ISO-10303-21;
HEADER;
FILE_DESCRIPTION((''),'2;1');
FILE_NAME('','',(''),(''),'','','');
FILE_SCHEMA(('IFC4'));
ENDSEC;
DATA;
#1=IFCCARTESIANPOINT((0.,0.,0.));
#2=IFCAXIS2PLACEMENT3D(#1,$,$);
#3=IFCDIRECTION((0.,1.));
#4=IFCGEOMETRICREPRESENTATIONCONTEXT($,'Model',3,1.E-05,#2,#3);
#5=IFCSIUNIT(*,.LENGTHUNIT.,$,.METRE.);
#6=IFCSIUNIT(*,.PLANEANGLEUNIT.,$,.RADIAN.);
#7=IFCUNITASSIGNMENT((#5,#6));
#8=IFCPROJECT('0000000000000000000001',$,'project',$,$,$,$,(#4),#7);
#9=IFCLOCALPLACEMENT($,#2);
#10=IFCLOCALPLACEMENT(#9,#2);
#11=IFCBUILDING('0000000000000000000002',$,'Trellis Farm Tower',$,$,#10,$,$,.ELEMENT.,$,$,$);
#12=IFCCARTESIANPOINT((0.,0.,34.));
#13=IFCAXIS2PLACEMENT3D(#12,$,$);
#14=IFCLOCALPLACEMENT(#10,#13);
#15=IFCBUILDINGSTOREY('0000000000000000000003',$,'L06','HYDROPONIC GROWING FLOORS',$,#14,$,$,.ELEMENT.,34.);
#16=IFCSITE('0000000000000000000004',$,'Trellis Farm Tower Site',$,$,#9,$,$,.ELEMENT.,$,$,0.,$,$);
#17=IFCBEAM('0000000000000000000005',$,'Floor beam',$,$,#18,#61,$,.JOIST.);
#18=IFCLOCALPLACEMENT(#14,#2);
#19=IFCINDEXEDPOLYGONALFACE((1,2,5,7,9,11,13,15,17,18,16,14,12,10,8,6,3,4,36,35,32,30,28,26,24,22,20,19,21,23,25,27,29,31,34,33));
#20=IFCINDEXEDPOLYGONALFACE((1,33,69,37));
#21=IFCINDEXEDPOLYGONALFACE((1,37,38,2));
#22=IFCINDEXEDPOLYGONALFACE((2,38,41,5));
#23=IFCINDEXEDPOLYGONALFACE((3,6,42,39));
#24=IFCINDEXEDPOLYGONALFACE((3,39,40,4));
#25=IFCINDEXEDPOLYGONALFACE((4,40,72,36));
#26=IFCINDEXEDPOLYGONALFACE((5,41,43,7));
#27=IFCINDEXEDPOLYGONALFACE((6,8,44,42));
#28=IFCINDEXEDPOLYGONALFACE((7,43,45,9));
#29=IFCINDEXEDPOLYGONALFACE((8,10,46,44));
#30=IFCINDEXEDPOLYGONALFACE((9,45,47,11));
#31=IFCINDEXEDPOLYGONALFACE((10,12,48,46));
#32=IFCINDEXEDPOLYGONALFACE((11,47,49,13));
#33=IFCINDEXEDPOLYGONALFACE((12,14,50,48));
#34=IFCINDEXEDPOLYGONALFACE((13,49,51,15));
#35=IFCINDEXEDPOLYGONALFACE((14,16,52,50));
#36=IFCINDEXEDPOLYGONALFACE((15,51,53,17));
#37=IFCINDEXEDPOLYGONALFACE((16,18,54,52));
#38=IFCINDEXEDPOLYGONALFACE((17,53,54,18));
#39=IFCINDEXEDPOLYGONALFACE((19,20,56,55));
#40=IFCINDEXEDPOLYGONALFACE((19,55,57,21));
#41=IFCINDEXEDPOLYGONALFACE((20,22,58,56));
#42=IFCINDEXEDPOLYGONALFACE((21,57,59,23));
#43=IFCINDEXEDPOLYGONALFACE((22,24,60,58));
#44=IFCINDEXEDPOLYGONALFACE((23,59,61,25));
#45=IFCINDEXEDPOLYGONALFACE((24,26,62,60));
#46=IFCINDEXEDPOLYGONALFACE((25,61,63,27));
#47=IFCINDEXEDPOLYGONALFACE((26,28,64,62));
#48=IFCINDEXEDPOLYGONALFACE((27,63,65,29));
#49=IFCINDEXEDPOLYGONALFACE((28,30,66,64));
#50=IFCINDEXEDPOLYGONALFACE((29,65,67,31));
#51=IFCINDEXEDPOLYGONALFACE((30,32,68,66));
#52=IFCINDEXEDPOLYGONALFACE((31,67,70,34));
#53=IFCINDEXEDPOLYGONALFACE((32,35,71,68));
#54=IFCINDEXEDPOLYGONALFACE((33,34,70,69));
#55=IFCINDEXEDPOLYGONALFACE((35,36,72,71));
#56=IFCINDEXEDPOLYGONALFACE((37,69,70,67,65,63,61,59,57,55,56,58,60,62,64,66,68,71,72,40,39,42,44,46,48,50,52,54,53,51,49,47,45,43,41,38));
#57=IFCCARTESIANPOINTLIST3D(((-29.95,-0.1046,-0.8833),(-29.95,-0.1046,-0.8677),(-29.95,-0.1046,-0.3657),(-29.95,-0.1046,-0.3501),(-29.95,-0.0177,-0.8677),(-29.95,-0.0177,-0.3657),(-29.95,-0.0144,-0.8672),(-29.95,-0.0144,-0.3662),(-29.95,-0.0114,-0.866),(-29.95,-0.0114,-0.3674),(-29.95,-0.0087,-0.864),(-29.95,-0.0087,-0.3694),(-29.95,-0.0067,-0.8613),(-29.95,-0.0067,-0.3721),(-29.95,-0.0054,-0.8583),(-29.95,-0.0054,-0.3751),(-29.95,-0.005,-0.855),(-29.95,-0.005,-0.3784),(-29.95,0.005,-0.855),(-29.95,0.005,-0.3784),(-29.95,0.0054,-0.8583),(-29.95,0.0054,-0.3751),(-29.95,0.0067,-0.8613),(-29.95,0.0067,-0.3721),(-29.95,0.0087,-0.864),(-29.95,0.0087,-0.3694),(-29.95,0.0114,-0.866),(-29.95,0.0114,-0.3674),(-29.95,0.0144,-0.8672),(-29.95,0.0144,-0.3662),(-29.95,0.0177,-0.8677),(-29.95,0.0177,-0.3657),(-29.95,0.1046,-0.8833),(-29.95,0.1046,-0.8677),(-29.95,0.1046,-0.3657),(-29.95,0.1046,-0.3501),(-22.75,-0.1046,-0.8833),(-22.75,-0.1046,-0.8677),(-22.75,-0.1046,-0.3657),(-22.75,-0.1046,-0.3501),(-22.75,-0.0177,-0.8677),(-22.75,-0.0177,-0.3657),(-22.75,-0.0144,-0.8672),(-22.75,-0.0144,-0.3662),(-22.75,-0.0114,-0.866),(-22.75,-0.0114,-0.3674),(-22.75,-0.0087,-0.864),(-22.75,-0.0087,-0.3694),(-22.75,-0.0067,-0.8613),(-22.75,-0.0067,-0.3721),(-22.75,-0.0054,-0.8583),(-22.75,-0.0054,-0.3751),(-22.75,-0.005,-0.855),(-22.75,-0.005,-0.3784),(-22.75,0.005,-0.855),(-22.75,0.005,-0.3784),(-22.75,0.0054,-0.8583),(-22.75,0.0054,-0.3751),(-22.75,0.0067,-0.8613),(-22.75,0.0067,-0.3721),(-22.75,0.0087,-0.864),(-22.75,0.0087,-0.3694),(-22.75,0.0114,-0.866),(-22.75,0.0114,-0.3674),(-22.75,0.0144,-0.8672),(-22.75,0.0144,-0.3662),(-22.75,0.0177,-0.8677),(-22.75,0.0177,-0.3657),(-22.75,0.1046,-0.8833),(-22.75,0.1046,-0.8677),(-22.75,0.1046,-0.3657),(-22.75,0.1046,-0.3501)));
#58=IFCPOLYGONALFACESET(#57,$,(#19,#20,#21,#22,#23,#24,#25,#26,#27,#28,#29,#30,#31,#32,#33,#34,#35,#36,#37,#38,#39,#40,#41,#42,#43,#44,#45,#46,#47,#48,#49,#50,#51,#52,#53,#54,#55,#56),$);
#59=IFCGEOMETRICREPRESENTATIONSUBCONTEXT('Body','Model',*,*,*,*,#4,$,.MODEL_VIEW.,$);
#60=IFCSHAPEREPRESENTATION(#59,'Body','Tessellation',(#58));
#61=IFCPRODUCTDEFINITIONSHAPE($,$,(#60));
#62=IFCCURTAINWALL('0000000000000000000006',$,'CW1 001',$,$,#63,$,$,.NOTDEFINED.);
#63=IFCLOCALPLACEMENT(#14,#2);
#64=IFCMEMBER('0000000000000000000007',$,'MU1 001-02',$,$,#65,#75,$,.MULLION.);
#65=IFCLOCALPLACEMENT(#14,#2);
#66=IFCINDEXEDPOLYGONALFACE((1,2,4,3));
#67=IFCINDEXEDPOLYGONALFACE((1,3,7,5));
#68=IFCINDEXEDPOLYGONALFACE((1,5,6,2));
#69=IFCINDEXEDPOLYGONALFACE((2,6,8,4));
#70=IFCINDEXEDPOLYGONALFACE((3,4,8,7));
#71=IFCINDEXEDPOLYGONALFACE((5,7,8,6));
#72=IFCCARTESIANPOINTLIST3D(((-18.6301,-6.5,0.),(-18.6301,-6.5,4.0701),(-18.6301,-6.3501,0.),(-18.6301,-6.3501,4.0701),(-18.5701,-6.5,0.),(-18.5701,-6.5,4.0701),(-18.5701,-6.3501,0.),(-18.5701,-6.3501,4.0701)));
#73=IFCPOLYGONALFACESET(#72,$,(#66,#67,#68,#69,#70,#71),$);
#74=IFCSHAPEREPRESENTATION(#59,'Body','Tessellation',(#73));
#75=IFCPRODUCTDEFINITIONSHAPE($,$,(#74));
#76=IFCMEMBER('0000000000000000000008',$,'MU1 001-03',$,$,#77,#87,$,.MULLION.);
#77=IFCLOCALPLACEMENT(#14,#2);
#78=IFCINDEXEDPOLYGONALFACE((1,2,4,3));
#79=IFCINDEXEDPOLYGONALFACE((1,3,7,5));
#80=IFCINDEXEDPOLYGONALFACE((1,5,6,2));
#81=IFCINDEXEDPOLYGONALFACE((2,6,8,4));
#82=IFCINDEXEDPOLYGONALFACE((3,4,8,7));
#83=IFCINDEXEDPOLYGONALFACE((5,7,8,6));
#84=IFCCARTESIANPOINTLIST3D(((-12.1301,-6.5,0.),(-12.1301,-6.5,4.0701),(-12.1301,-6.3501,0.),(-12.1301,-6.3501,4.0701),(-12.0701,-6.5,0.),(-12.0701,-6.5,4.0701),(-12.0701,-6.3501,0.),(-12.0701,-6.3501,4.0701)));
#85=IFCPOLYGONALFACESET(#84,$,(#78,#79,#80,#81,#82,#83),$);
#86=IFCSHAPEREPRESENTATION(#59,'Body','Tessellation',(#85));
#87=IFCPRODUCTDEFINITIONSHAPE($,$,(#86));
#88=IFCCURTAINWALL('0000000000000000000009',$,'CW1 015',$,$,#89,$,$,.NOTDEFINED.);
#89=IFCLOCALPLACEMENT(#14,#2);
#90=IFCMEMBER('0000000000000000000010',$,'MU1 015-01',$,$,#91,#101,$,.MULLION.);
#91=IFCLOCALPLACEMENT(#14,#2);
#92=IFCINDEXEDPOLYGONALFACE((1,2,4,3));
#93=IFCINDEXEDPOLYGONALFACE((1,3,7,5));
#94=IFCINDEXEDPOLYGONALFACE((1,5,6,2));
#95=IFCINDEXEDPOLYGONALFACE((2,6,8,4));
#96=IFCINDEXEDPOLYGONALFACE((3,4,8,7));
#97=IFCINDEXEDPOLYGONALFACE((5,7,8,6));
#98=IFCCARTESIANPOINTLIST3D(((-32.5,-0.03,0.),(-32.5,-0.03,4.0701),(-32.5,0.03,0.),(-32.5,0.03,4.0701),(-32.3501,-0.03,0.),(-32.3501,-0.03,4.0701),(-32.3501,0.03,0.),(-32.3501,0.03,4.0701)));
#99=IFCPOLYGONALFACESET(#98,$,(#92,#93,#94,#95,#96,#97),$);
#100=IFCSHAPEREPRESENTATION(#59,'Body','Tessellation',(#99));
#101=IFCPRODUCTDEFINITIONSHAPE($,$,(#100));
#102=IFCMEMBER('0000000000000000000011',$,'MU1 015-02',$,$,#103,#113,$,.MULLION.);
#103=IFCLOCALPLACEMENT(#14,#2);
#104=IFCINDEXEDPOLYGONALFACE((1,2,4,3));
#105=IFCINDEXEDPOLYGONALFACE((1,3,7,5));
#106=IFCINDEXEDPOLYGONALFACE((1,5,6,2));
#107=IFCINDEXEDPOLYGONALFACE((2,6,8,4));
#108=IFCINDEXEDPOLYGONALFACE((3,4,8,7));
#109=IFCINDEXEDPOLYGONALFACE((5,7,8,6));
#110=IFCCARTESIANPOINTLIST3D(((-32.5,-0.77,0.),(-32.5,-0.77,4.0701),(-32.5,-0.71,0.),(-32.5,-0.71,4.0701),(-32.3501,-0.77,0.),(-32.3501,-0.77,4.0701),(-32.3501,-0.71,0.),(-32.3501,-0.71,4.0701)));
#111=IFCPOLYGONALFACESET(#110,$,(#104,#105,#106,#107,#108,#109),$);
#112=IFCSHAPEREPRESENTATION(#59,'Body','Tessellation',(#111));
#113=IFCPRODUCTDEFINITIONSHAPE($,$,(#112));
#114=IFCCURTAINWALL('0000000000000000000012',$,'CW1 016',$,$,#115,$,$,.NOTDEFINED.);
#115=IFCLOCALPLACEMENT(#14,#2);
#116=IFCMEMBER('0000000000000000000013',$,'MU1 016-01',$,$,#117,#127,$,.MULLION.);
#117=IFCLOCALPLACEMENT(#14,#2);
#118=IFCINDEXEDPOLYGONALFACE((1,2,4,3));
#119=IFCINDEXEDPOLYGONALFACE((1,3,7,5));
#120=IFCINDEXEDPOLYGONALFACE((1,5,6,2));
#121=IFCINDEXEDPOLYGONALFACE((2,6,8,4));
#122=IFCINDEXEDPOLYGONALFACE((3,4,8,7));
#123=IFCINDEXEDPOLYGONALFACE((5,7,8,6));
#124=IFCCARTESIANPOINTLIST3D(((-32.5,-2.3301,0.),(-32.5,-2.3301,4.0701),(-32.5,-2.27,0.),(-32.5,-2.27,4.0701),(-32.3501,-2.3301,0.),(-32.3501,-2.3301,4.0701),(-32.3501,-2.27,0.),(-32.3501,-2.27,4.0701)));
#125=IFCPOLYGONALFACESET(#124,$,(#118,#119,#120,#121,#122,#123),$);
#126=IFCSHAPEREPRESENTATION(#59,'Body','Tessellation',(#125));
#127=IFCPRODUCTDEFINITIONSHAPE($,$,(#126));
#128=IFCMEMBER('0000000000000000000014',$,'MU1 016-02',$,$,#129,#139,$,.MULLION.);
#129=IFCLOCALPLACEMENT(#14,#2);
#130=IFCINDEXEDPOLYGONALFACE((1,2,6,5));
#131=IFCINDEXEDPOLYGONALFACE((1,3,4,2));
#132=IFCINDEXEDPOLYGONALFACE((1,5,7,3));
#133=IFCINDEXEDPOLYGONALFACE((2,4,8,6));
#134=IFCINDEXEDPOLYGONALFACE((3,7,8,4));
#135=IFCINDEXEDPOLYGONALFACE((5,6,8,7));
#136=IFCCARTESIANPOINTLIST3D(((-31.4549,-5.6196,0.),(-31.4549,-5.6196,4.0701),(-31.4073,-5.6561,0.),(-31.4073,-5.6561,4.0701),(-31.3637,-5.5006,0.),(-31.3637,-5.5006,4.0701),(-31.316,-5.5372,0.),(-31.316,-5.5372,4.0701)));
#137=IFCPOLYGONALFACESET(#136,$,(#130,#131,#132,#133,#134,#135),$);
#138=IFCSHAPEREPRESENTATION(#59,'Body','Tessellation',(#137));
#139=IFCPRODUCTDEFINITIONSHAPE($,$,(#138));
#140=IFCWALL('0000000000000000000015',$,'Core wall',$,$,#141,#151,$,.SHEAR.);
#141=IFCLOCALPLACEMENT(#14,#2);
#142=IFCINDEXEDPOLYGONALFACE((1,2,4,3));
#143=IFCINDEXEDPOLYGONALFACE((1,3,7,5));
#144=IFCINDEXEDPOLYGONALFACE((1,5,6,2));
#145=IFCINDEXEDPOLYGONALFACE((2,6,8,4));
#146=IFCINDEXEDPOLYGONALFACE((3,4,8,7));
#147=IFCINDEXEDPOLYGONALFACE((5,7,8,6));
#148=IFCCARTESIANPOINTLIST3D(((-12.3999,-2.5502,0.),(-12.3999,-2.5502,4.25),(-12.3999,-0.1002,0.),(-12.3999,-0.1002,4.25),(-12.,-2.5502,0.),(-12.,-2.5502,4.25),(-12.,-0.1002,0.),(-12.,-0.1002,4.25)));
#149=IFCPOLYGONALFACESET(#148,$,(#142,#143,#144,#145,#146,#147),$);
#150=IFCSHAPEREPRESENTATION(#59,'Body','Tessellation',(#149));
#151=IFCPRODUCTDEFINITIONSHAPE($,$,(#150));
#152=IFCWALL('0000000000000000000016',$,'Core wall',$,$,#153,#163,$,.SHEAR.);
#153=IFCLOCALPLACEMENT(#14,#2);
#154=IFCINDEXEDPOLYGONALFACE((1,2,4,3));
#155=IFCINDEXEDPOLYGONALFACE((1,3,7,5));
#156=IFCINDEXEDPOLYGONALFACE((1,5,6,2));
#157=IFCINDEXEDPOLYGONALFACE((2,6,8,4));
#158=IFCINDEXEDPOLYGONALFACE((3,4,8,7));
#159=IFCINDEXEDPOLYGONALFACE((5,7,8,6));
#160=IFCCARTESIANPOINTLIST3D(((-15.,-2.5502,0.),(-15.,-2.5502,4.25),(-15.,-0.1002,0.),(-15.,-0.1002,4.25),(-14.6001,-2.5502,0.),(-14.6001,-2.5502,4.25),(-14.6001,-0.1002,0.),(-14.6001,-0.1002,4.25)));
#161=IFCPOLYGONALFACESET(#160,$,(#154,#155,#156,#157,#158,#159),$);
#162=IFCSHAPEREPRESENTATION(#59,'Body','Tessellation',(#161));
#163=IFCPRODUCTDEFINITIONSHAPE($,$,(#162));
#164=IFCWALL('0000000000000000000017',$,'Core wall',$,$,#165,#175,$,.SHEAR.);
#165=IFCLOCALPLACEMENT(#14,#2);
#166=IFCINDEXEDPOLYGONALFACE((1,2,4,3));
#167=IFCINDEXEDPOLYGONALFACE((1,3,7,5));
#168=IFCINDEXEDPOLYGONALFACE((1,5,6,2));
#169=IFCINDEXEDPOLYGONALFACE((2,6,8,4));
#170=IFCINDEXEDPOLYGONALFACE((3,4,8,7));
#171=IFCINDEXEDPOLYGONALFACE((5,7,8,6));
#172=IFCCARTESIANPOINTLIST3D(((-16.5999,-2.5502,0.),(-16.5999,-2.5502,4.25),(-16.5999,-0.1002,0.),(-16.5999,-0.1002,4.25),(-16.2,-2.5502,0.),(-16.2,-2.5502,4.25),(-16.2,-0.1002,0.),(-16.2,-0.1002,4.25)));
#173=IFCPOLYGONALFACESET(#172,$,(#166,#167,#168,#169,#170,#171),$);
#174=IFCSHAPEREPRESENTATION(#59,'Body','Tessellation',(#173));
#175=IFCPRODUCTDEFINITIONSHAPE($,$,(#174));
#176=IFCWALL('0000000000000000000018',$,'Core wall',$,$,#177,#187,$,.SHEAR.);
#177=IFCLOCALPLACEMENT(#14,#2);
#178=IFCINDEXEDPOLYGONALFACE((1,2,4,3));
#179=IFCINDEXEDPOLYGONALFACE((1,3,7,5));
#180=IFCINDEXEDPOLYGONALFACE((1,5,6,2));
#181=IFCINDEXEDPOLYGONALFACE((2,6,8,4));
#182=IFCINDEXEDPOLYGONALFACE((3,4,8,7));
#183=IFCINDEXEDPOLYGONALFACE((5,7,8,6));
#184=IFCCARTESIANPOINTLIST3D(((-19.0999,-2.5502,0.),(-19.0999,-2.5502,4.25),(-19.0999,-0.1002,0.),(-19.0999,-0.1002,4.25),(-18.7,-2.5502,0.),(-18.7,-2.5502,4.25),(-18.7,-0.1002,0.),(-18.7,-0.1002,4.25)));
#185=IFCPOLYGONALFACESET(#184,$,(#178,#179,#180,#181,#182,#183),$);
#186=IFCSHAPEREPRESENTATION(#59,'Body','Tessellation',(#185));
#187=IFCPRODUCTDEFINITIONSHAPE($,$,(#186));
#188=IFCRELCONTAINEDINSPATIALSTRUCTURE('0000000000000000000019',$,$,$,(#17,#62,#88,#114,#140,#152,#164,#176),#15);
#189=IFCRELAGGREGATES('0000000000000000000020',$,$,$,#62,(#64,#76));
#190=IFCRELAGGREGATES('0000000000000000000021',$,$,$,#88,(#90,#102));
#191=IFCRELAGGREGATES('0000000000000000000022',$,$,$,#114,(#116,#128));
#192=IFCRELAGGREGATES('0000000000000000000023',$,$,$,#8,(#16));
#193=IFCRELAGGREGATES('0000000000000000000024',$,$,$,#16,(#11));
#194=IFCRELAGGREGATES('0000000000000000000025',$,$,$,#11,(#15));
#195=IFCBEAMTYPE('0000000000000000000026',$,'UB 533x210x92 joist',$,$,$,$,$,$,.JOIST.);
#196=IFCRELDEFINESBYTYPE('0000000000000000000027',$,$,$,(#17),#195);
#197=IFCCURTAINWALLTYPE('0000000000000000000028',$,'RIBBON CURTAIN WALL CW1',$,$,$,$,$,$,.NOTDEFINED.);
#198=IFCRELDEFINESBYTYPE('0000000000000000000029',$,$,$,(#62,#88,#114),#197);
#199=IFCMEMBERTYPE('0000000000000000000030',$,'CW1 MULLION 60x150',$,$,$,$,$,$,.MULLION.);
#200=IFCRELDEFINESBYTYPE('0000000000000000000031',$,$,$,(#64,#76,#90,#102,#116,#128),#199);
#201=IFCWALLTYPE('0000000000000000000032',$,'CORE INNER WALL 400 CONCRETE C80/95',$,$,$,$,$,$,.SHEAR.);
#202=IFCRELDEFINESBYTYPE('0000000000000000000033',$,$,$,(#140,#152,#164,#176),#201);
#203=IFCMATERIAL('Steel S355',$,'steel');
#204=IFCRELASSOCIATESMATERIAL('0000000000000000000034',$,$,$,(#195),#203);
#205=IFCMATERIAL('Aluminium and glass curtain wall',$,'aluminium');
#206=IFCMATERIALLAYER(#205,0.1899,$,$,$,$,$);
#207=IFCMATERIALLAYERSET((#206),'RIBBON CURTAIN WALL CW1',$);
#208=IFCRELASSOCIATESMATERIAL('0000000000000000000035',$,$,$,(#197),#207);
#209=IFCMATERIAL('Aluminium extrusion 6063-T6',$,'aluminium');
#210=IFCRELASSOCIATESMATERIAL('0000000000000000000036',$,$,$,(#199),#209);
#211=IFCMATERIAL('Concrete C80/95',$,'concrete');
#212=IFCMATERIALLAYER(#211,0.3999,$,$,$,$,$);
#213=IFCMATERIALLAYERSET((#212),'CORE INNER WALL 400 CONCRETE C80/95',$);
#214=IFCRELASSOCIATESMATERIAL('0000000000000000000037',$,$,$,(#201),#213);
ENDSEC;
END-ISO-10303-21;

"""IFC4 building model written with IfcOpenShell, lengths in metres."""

from ifc_helpers import new_model, si_unit, direction, frame, frame_2d, origin, origin_2d, place, context, subcontext, project, spatial, rectangle, i_section, extrude, source, transform, mapped, material, layer, layer_set, material_profile, profile_set, type_object, element, aggregate, save


model = new_model("IFC4")

# Units and contexts
model_context = context("Model", 3, precision=1e-05, world=origin(), true_north=direction((0.0, 1.0)))
body_context = subcontext(model_context, "Body", "Model", "MODEL_VIEW")
ifc_project = project(units=[si_unit("LENGTHUNIT", "METRE"), si_unit("PLANEANGLEUNIT", "RADIAN")], contexts=[model_context])

# Site, building, storey
site_placement = place(None, origin())
site = spatial("IfcSite", under=ifc_project, at=site_placement, Name="Trellis Farm Tower Site", CompositionType="ELEMENT", RefElevation=0.0)
building_placement = place(site_placement, origin())
building = spatial("IfcBuilding", under=site, at=building_placement, Name="Trellis Farm Tower", CompositionType="ELEMENT")
storey_placement = place(building_placement, frame((0.0, 0.0, 34.0)))
storey = spatial("IfcBuildingStorey", under=building, at=storey_placement, Name="L06", Description="HYDROPONIC GROWING FLOORS", CompositionType="ELEMENT", Elevation=34.0)

# Shared definitions
ifc_material_1 = material(Name="Concrete C80/95", Category="concrete")

# Beam
ifc_material_2 = material(Name="Steel S355", Category="steel")
ifc_material_profile_1 = material_profile(ifc_material_2, i_section(OverallWidth=0.2092, OverallDepth=0.5332, WebThickness=0.01, FlangeThickness=0.0156, FilletRadius=0.0127, at=origin_2d()), Name="UB 533x210x92")
ifc_profile_set_1 = profile_set([ifc_material_profile_1], Name="Steel S355")
beam_type_1 = type_object("IfcBeamType", Name="UB 533x210x92 joist", PredefinedType="JOIST", material=ifc_profile_set_1)
shared_shape_1 = source(origin(), body_context, "Body", "SweptSolid", [
    extrude(i_section(OverallWidth=0.2092, OverallDepth=0.5332, WebThickness=0.01, FlangeThickness=0.0156, FilletRadius=0.0127, at=origin_2d()), origin(), (0.0, 0.0, 1.0), 7.2),
])
for number, where, z_axis, x_axis, name in (
    (1, (-29.95, 0.0, -0.6167), (1.0, 0.0, 0.0), (0.0, 1.0, 0.0), "Floor beam"),
):
    element("IfcBeam", number, at=place(storey_placement, frame(where, z_axis=z_axis, x_axis=x_axis)), inside=storey, type_object=beam_type_1, Name=name, PredefinedType="JOIST", context=body_context, shape_type="MappedRepresentation", body=[
        mapped(shared_shape_1, transform((0.0, 0.0, 0.0))),
    ])

# Curtain walls, members
ifc_material_3 = material(Name="Aluminium and glass curtain wall", Category="aluminium")
ifc_layer_1 = layer(ifc_material_3, 0.1899)
ifc_layer_set_1 = layer_set([ifc_layer_1], Name="RIBBON CURTAIN WALL CW1")
curtain_wall_type = type_object("IfcCurtainWallType", Name="RIBBON CURTAIN WALL CW1", PredefinedType="NOTDEFINED", material=ifc_layer_set_1)
placement = place(storey_placement, origin())
curtain_wall_1 = element("IfcCurtainWall", 2, at=placement, inside=storey, type_object=curtain_wall_type, Name="CW1 001", PredefinedType="NOTDEFINED")
ifc_material_4 = material(Name="Aluminium extrusion 6063-T6", Category="aluminium")
ifc_material_profile_2 = material_profile(ifc_material_4, rectangle(XDim=0.0601, YDim=0.1499, at=origin_2d()), Name="MULLION 60x150")
ifc_profile_set_2 = profile_set([ifc_material_profile_2], Name="Aluminium extrusion 6063-T6")
member_type = type_object("IfcMemberType", Name="CW1 MULLION 60x150", PredefinedType="MULLION", material=ifc_profile_set_2)
shared_shape_2 = source(origin(), body_context, "Body", "SweptSolid", [
    extrude(rectangle(XDim=0.0601, YDim=0.1499, at=origin_2d()), origin(), (0.0, 0.0, 1.0), 4.0701),
])
member_1_placement = place(storey_placement, frame((-18.6001, -6.425, 0.0), z_axis=(0.0, 0.0, 1.0), x_axis=(1.0, 0.0, 0.0)))
member_1 = element("IfcMember", 3, at=member_1_placement, type_object=member_type, Name="MU1 001-02", PredefinedType="MULLION", context=body_context, shape_type="MappedRepresentation", body=[
    mapped(shared_shape_2, transform((0.0, 0.0, 0.0))),
])
member_2_placement = place(storey_placement, frame((-12.1001, -6.425, 0.0), z_axis=(0.0, 0.0, 1.0), x_axis=(1.0, 0.0, 0.0)))
member_2 = element("IfcMember", 4, at=member_2_placement, type_object=member_type, Name="MU1 001-03", PredefinedType="MULLION", context=body_context, shape_type="MappedRepresentation", body=[
    mapped(shared_shape_2, transform((0.0, 0.0, 0.0))),
])
aggregate(curtain_wall_1, [member_1, member_2])
curtain_wall_2 = element("IfcCurtainWall", 5, at=placement, inside=storey, type_object=curtain_wall_type, Name="CW1 015", PredefinedType="NOTDEFINED")
member_3_placement = place(storey_placement, frame((-32.425, 0.0, 0.0), z_axis=(0.0, 0.0, 1.0), x_axis=(0.0, -1.0, 0.0)))
member_3 = element("IfcMember", 6, at=member_3_placement, type_object=member_type, Name="MU1 015-01", PredefinedType="MULLION", context=body_context, shape_type="MappedRepresentation", body=[
    mapped(shared_shape_2, transform((0.0, 0.0, 0.0))),
])
member_4_placement = place(storey_placement, frame((-32.425, -0.74, 0.0), z_axis=(0.0, 0.0, 1.0), x_axis=(0.0, -1.0, 0.0)))
member_4 = element("IfcMember", 7, at=member_4_placement, type_object=member_type, Name="MU1 015-02", PredefinedType="MULLION", context=body_context, shape_type="MappedRepresentation", body=[
    mapped(shared_shape_2, transform((0.0, 0.0, 0.0))),
])
aggregate(curtain_wall_2, [member_3, member_4])
curtain_wall_3 = element("IfcCurtainWall", 8, at=placement, inside=storey, type_object=curtain_wall_type, Name="CW1 016", PredefinedType="NOTDEFINED")
member_5_placement = place(storey_placement, frame((-32.425, -2.3, 0.0), z_axis=(0.0, 0.0, 1.0), x_axis=(0.0, -1.0, 0.0)))
member_5 = element("IfcMember", 9, at=member_5_placement, type_object=member_type, Name="MU1 016-01", PredefinedType="MULLION", context=body_context, shape_type="MappedRepresentation", body=[
    mapped(shared_shape_2, transform((0.0, 0.0, 0.0))),
])
member_6_placement = place(storey_placement, frame((-31.3855, -5.5784, 0.0), z_axis=(0.0, 0.0, 1.0), x_axis=(0.793353, -0.608761, 0.0)))
member_6 = element("IfcMember", 10, at=member_6_placement, type_object=member_type, Name="MU1 016-02", PredefinedType="MULLION", context=body_context, shape_type="MappedRepresentation", body=[
    mapped(shared_shape_2, transform((0.0, 0.0, 0.0))),
])
aggregate(curtain_wall_3, [member_5, member_6])

# Walls
ifc_layer_2 = layer(ifc_material_1, 0.3999)
ifc_layer_set_2 = layer_set([ifc_layer_2], Name="CORE INNER WALL 400 CONCRETE C80/95")
wall_type_1 = type_object("IfcWallType", Name="CORE INNER WALL 400 CONCRETE C80/95", PredefinedType="SHEAR", material=ifc_layer_set_2)
shared_shape_3 = source(origin(), body_context, "Body", "SweptSolid", [
    extrude(rectangle(XDim=2.45, YDim=0.3999, at=frame_2d((1.2251, 0.0))), origin(), (0.0, 0.0, 1.0), 4.25),
])
for number, where, z_axis, x_axis, name in (
    (11, (-12.2, -0.1001, 0.0), (0.0, 0.0, 1.0), (0.0, -1.0, 0.0), "Core wall"),
    (12, (-14.8, -0.1001, 0.0), (0.0, 0.0, 1.0), (0.0, -1.0, 0.0), "Core wall"),
    (13, (-16.3999, -0.1001, 0.0), (0.0, 0.0, 1.0), (0.0, -1.0, 0.0), "Core wall"),
    (14, (-18.8999, -0.1001, 0.0), (0.0, 0.0, 1.0), (0.0, -1.0, 0.0), "Core wall"),
):
    element("IfcWall", number, at=place(storey_placement, frame(where, z_axis=z_axis, x_axis=x_axis)), inside=storey, type_object=wall_type_1, Name=name, PredefinedType="SHEAR", context=body_context, shape_type="MappedRepresentation", body=[
        mapped(shared_shape_3, transform((0.0, 0.0, 0.0))),
    ])

save(model, "model.ifc")
